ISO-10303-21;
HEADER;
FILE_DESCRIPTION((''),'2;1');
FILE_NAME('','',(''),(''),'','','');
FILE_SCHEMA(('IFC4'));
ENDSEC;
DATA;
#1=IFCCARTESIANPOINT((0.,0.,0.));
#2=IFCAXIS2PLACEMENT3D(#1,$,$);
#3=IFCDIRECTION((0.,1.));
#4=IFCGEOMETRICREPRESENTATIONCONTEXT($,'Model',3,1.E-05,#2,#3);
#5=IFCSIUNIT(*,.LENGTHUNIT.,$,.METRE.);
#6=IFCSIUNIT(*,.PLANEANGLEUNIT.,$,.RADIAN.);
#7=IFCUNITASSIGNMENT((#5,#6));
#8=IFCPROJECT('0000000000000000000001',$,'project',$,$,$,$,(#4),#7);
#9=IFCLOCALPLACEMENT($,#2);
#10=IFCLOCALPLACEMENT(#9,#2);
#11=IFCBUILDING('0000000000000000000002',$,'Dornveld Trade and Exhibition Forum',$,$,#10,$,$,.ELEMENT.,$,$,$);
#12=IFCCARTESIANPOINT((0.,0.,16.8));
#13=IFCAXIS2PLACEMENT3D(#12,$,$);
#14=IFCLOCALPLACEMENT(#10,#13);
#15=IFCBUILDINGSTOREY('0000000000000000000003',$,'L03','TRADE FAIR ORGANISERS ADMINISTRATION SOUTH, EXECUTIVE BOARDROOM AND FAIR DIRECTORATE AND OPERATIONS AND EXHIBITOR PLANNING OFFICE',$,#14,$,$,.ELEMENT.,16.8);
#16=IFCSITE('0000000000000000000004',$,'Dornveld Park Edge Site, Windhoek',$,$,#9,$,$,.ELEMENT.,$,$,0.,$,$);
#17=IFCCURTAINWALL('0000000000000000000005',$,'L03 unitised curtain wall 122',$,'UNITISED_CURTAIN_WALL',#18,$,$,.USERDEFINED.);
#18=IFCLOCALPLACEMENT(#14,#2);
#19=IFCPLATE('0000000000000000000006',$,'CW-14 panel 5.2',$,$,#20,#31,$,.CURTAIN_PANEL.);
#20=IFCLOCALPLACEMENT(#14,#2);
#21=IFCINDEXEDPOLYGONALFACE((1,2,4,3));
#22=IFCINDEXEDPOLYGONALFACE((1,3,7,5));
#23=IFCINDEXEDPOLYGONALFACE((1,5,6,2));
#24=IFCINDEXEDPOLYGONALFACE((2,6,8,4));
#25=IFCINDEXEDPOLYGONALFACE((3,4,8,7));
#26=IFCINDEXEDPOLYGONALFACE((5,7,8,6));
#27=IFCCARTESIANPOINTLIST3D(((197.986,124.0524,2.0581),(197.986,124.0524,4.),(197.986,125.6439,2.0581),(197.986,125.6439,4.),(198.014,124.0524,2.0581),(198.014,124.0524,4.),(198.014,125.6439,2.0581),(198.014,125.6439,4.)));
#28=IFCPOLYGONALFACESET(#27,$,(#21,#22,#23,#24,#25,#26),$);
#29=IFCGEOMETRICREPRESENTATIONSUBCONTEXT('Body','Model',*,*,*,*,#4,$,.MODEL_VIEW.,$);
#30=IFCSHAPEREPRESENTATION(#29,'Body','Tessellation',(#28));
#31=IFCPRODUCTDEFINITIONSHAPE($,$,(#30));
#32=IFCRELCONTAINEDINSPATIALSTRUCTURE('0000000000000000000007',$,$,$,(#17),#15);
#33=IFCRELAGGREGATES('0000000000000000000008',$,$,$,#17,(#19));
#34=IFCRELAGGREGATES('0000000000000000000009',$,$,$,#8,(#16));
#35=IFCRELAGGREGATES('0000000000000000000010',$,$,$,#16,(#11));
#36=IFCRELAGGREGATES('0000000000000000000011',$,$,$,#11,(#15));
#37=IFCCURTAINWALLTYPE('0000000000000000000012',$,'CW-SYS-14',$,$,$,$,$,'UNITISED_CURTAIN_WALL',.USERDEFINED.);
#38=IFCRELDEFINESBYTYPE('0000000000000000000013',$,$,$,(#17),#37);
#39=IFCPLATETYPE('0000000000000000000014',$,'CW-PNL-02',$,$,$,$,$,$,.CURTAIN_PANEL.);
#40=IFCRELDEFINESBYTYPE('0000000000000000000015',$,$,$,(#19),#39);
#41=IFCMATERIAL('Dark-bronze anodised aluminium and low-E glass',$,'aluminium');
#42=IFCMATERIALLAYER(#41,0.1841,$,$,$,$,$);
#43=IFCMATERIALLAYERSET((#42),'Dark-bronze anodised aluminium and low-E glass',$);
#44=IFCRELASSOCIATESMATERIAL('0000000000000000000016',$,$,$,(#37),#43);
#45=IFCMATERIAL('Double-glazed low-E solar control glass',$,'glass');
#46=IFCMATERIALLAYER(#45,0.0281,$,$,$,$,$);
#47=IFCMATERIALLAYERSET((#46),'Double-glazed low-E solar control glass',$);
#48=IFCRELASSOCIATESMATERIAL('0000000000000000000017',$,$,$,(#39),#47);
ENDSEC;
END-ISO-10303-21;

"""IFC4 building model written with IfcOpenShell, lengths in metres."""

from ifc_helpers import new_model, si_unit, direction, frame, origin, origin_2d, place, context, subcontext, project, spatial, rectangle, extrude, material, layer, layer_set, type_object, element, aggregate, save


model = new_model("IFC4")

# Units and contexts
model_context = context("Model", 3, precision=1e-05, world=origin(), true_north=direction((0.0, 1.0)))
body_context = subcontext(model_context, "Body", "Model", "MODEL_VIEW")
ifc_project = project(units=[si_unit("LENGTHUNIT", "METRE"), si_unit("PLANEANGLEUNIT", "RADIAN")], contexts=[model_context])

# Site, building, storey
site_placement = place(None, origin())
site = spatial("IfcSite", under=ifc_project, at=site_placement, Name="Dornveld Park Edge Site, Windhoek", CompositionType="ELEMENT", RefElevation=0.0)
building_placement = place(site_placement, origin())
building = spatial("IfcBuilding", under=site, at=building_placement, Name="Dornveld Trade and Exhibition Forum", CompositionType="ELEMENT")
storey_placement = place(building_placement, frame((0.0, 0.0, 16.8)))
storey = spatial("IfcBuildingStorey", under=building, at=storey_placement, Name="L03", Description="TRADE FAIR ORGANISERS ADMINISTRATION SOUTH, EXECUTIVE BOARDROOM AND FAIR DIRECTORATE AND OPERATIONS AND EXHIBITOR PLANNING OFFICE", CompositionType="ELEMENT", Elevation=16.8)

# Curtain wall, plate
ifc_material_1 = material(Name="Dark-bronze anodised aluminium and low-E glass", Category="aluminium")
ifc_layer_1 = layer(ifc_material_1, 0.1841)
ifc_layer_set_1 = layer_set([ifc_layer_1], Name="Dark-bronze anodised aluminium and low-E glass")
curtain_wall_type = type_object("IfcCurtainWallType", Name="CW-SYS-14", ElementType="UNITISED_CURTAIN_WALL", PredefinedType="USERDEFINED", material=ifc_layer_set_1)
curtain_wall_placement = place(storey_placement, origin())
curtain_wall = element("IfcCurtainWall", 1, at=curtain_wall_placement, inside=storey, type_object=curtain_wall_type, Name="L03 unitised curtain wall 122", ObjectType="UNITISED_CURTAIN_WALL", PredefinedType="USERDEFINED")
ifc_material_2 = material(Name="Double-glazed low-E solar control glass", Category="glass")
ifc_layer_2 = layer(ifc_material_2, 0.0281)
ifc_layer_set_2 = layer_set([ifc_layer_2], Name="Double-glazed low-E solar control glass")
plate_type = type_object("IfcPlateType", Name="CW-PNL-02", PredefinedType="CURTAIN_PANEL", material=ifc_layer_set_2)
plate_1_placement = place(storey_placement, frame((198.0, 124.8481, 2.0581), z_axis=(0.0, 0.0, 1.0), x_axis=(0.0, 1.0, 0.0)))
plate_1 = element("IfcPlate", 2, at=plate_1_placement, type_object=plate_type, Name="CW-14 panel 5.2", PredefinedType="CURTAIN_PANEL", context=body_context, shape_type="SweptSolid", body=[
    extrude(rectangle(XDim=1.5916, YDim=0.0281, at=origin_2d()), origin(), (0.0, 0.0, 1.0), 1.9419),
])
aggregate(curtain_wall, [plate_1])

save(model, "model.ifc")
